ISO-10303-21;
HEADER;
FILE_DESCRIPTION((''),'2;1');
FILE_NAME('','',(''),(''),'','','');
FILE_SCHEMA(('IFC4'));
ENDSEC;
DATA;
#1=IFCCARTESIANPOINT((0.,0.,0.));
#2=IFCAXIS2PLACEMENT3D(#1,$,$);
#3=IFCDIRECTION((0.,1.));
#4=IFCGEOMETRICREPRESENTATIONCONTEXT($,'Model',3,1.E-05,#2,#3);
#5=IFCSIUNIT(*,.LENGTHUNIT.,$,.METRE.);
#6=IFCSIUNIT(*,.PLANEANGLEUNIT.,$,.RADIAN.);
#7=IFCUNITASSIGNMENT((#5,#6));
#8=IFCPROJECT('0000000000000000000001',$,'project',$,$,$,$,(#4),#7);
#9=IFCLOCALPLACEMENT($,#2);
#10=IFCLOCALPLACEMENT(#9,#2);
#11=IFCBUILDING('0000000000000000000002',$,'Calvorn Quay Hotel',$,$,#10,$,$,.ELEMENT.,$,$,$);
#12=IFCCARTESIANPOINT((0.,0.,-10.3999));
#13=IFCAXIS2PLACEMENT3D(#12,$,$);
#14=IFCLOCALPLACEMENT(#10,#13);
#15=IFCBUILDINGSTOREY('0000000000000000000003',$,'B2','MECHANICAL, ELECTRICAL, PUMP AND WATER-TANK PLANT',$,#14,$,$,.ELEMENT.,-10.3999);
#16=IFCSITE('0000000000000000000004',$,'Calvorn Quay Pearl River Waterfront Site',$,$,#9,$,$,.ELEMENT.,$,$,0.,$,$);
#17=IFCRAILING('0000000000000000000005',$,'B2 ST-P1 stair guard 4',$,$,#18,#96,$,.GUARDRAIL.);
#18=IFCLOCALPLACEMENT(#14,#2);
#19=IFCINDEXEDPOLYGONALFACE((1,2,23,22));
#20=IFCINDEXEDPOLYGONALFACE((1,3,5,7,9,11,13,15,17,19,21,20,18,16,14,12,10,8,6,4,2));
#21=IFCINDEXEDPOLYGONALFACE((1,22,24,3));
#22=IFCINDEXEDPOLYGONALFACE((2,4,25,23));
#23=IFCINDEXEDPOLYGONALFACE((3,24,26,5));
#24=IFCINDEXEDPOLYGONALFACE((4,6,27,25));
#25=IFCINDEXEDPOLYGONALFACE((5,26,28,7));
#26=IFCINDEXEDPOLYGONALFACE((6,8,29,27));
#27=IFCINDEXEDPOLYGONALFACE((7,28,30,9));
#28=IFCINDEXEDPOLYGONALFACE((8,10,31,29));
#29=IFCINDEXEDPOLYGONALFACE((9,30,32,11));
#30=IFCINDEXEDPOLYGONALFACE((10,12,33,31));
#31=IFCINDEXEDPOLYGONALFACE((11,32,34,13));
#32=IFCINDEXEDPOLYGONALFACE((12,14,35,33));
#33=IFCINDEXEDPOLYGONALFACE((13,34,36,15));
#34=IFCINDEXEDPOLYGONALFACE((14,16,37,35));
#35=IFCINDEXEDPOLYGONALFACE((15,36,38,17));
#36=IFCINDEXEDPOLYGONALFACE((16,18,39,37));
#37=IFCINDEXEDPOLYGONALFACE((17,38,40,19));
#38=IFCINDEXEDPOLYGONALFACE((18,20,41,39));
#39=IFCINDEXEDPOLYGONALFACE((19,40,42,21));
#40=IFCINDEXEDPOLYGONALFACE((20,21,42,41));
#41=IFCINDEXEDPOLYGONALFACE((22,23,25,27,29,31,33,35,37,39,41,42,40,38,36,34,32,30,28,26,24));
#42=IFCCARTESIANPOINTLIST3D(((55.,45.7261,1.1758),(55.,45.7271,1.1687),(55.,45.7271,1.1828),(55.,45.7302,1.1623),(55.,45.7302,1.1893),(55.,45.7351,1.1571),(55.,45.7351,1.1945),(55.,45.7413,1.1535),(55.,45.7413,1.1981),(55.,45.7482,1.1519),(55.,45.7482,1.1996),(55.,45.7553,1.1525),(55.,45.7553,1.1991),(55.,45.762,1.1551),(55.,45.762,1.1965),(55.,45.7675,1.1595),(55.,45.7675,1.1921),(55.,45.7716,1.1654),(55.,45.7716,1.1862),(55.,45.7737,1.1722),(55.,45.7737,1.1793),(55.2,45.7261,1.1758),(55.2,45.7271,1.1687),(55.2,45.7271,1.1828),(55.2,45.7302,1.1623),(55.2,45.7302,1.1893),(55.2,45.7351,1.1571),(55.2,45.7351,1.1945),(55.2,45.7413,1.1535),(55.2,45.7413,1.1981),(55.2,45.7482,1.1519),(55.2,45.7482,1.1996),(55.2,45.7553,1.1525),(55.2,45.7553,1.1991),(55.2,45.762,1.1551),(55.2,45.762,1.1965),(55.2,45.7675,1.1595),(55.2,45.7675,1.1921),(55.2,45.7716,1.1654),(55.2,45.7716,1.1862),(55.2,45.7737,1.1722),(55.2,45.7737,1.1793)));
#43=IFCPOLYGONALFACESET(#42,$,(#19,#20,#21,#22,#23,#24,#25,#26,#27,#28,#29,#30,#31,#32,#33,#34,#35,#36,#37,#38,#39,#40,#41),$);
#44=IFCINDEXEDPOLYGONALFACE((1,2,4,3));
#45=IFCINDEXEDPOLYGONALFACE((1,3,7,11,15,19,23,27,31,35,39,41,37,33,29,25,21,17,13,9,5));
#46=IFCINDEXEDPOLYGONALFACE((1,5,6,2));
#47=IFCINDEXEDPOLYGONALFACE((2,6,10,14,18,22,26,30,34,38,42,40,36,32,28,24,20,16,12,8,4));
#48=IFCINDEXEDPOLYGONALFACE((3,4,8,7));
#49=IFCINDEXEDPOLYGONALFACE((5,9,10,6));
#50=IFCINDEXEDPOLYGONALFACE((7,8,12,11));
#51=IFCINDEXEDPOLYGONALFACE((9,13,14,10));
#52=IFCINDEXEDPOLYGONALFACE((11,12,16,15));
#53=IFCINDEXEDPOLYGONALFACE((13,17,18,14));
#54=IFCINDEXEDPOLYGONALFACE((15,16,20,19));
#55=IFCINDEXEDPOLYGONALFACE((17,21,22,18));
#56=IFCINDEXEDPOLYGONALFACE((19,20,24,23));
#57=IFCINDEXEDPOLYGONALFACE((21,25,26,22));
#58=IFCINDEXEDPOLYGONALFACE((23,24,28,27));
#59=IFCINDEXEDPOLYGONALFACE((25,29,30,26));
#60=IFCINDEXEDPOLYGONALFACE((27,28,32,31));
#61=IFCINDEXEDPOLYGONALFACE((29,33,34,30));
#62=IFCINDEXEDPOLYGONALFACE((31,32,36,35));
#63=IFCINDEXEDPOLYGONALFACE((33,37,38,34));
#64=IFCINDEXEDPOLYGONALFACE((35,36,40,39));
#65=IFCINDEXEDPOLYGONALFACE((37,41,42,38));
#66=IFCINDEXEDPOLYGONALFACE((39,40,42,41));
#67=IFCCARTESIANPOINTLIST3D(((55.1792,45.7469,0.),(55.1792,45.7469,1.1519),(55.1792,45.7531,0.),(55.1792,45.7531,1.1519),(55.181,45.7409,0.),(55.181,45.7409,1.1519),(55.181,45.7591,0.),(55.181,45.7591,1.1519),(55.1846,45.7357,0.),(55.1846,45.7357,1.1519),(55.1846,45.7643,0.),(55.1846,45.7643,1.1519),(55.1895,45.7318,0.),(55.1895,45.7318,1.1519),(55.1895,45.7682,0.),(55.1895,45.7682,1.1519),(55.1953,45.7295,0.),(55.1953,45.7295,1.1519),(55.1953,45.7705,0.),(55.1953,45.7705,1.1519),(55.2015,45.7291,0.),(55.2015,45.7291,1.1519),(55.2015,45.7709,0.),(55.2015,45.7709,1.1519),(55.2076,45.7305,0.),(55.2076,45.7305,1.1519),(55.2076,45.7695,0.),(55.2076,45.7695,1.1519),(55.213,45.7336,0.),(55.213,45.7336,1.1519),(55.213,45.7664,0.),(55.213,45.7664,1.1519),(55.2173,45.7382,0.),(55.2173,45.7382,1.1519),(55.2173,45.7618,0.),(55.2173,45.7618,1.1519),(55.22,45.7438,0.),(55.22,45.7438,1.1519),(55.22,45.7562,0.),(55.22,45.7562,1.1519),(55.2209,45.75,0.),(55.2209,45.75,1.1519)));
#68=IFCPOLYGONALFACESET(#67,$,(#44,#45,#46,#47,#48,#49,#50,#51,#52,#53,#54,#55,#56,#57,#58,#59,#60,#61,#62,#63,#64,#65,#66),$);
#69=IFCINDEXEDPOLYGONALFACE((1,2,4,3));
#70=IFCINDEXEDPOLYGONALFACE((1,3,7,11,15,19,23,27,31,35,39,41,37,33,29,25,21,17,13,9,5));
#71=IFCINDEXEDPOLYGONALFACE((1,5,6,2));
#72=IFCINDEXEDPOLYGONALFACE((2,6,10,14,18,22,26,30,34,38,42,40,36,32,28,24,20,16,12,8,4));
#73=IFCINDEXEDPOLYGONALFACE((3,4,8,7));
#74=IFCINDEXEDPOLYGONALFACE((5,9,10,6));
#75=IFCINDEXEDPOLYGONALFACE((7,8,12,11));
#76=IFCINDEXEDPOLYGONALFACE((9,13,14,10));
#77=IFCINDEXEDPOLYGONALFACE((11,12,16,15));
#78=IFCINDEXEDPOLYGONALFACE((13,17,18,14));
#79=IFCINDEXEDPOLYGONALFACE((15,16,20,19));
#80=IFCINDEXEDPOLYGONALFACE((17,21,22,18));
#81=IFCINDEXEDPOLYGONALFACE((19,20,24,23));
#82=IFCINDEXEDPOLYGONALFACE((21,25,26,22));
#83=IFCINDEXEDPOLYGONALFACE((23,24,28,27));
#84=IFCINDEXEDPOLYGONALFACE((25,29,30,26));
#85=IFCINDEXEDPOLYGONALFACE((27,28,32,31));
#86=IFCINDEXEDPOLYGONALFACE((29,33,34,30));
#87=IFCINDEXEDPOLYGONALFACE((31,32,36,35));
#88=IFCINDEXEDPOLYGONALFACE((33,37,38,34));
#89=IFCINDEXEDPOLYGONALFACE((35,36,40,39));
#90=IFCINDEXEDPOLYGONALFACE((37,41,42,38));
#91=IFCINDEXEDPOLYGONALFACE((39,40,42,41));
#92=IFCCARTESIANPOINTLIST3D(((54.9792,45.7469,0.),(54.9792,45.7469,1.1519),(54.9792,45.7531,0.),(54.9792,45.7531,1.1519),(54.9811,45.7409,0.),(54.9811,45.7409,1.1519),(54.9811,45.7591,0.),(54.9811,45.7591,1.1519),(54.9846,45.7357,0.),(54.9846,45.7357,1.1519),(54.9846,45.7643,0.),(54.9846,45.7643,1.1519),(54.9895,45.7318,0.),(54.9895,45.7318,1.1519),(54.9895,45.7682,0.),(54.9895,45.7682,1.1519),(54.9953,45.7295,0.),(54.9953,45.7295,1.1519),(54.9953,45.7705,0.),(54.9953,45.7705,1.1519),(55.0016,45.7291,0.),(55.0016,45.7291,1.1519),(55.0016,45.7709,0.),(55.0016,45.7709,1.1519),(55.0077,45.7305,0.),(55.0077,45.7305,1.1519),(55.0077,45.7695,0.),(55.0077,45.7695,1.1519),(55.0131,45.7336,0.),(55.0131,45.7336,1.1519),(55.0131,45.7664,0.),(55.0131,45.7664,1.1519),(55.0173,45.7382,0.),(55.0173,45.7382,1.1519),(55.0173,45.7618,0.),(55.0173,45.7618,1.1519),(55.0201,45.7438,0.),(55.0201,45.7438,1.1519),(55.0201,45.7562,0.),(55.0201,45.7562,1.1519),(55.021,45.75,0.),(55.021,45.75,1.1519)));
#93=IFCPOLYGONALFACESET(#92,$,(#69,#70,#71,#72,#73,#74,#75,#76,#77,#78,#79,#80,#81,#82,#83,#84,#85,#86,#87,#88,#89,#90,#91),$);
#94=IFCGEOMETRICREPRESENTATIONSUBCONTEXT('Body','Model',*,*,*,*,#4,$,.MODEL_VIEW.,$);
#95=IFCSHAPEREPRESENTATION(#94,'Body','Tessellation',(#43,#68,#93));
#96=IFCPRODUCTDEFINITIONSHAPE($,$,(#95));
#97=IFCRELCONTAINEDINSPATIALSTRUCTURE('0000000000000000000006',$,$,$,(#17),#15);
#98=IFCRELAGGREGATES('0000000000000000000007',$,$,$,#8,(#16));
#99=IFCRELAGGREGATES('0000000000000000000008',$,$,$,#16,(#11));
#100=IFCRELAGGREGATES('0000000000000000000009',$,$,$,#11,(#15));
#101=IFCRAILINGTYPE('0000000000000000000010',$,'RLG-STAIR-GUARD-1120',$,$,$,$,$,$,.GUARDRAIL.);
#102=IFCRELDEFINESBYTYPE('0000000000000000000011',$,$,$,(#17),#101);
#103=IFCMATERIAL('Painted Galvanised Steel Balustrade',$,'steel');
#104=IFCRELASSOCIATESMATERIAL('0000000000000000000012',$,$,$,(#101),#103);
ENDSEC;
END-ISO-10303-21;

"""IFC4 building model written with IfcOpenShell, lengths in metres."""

from ifc_helpers import new_model, si_unit, direction, frame, origin, origin_2d, place, context, subcontext, project, spatial, circle, extrude, material, type_object, element, save


model = new_model("IFC4")

# Units and contexts
model_context = context("Model", 3, precision=1e-05, world=origin(), true_north=direction((0.0, 1.0)))
body_context = subcontext(model_context, "Body", "Model", "MODEL_VIEW")
ifc_project = project(units=[si_unit("LENGTHUNIT", "METRE"), si_unit("PLANEANGLEUNIT", "RADIAN")], contexts=[model_context])

# Site, building, storey
site_placement = place(None, origin())
site = spatial("IfcSite", under=ifc_project, at=site_placement, Name="Calvorn Quay Pearl River Waterfront Site", CompositionType="ELEMENT", RefElevation=0.0)
building_placement = place(site_placement, origin())
building = spatial("IfcBuilding", under=site, at=building_placement, Name="Calvorn Quay Hotel", CompositionType="ELEMENT")
storey_placement = place(building_placement, frame((0.0, 0.0, -10.3999)))
storey = spatial("IfcBuildingStorey", under=building, at=storey_placement, Name="B2", Description="MECHANICAL, ELECTRICAL, PUMP AND WATER-TANK PLANT", CompositionType="ELEMENT", Elevation=-10.3999)

# Railing
ifc_material_1 = material(Name="Painted Galvanised Steel Balustrade", Category="steel")
railing_type_1 = type_object("IfcRailingType", Name="RLG-STAIR-GUARD-1120", PredefinedType="GUARDRAIL", material=ifc_material_1)
railing_1_placement = place(storey_placement, frame((55.2, 45.75, 0.0)))
element("IfcRailing", 1, at=railing_1_placement, inside=storey, type_object=railing_type_1, Name="B2 ST-P1 stair guard 4", PredefinedType="GUARDRAIL", context=body_context, shape_type="SweptSolid", body=[
    extrude(circle(Radius=0.0239, at=origin_2d()), frame((0.0, 0.0, 1.1758), z_axis=(-1.0, 0.0, 0.0), x_axis=(0.0, -1.0, 0.0)), (0.0, 0.0, 1.0), 0.2),
    extrude(circle(Radius=0.021, at=origin_2d()), origin(), (0.0, 0.0, 1.0), 1.1519),
    extrude(circle(Radius=0.021, at=origin_2d()), frame((-0.2, 0.0, 0.0)), (0.0, 0.0, 1.0), 1.1519),
])

save(model, "model.ifc")
